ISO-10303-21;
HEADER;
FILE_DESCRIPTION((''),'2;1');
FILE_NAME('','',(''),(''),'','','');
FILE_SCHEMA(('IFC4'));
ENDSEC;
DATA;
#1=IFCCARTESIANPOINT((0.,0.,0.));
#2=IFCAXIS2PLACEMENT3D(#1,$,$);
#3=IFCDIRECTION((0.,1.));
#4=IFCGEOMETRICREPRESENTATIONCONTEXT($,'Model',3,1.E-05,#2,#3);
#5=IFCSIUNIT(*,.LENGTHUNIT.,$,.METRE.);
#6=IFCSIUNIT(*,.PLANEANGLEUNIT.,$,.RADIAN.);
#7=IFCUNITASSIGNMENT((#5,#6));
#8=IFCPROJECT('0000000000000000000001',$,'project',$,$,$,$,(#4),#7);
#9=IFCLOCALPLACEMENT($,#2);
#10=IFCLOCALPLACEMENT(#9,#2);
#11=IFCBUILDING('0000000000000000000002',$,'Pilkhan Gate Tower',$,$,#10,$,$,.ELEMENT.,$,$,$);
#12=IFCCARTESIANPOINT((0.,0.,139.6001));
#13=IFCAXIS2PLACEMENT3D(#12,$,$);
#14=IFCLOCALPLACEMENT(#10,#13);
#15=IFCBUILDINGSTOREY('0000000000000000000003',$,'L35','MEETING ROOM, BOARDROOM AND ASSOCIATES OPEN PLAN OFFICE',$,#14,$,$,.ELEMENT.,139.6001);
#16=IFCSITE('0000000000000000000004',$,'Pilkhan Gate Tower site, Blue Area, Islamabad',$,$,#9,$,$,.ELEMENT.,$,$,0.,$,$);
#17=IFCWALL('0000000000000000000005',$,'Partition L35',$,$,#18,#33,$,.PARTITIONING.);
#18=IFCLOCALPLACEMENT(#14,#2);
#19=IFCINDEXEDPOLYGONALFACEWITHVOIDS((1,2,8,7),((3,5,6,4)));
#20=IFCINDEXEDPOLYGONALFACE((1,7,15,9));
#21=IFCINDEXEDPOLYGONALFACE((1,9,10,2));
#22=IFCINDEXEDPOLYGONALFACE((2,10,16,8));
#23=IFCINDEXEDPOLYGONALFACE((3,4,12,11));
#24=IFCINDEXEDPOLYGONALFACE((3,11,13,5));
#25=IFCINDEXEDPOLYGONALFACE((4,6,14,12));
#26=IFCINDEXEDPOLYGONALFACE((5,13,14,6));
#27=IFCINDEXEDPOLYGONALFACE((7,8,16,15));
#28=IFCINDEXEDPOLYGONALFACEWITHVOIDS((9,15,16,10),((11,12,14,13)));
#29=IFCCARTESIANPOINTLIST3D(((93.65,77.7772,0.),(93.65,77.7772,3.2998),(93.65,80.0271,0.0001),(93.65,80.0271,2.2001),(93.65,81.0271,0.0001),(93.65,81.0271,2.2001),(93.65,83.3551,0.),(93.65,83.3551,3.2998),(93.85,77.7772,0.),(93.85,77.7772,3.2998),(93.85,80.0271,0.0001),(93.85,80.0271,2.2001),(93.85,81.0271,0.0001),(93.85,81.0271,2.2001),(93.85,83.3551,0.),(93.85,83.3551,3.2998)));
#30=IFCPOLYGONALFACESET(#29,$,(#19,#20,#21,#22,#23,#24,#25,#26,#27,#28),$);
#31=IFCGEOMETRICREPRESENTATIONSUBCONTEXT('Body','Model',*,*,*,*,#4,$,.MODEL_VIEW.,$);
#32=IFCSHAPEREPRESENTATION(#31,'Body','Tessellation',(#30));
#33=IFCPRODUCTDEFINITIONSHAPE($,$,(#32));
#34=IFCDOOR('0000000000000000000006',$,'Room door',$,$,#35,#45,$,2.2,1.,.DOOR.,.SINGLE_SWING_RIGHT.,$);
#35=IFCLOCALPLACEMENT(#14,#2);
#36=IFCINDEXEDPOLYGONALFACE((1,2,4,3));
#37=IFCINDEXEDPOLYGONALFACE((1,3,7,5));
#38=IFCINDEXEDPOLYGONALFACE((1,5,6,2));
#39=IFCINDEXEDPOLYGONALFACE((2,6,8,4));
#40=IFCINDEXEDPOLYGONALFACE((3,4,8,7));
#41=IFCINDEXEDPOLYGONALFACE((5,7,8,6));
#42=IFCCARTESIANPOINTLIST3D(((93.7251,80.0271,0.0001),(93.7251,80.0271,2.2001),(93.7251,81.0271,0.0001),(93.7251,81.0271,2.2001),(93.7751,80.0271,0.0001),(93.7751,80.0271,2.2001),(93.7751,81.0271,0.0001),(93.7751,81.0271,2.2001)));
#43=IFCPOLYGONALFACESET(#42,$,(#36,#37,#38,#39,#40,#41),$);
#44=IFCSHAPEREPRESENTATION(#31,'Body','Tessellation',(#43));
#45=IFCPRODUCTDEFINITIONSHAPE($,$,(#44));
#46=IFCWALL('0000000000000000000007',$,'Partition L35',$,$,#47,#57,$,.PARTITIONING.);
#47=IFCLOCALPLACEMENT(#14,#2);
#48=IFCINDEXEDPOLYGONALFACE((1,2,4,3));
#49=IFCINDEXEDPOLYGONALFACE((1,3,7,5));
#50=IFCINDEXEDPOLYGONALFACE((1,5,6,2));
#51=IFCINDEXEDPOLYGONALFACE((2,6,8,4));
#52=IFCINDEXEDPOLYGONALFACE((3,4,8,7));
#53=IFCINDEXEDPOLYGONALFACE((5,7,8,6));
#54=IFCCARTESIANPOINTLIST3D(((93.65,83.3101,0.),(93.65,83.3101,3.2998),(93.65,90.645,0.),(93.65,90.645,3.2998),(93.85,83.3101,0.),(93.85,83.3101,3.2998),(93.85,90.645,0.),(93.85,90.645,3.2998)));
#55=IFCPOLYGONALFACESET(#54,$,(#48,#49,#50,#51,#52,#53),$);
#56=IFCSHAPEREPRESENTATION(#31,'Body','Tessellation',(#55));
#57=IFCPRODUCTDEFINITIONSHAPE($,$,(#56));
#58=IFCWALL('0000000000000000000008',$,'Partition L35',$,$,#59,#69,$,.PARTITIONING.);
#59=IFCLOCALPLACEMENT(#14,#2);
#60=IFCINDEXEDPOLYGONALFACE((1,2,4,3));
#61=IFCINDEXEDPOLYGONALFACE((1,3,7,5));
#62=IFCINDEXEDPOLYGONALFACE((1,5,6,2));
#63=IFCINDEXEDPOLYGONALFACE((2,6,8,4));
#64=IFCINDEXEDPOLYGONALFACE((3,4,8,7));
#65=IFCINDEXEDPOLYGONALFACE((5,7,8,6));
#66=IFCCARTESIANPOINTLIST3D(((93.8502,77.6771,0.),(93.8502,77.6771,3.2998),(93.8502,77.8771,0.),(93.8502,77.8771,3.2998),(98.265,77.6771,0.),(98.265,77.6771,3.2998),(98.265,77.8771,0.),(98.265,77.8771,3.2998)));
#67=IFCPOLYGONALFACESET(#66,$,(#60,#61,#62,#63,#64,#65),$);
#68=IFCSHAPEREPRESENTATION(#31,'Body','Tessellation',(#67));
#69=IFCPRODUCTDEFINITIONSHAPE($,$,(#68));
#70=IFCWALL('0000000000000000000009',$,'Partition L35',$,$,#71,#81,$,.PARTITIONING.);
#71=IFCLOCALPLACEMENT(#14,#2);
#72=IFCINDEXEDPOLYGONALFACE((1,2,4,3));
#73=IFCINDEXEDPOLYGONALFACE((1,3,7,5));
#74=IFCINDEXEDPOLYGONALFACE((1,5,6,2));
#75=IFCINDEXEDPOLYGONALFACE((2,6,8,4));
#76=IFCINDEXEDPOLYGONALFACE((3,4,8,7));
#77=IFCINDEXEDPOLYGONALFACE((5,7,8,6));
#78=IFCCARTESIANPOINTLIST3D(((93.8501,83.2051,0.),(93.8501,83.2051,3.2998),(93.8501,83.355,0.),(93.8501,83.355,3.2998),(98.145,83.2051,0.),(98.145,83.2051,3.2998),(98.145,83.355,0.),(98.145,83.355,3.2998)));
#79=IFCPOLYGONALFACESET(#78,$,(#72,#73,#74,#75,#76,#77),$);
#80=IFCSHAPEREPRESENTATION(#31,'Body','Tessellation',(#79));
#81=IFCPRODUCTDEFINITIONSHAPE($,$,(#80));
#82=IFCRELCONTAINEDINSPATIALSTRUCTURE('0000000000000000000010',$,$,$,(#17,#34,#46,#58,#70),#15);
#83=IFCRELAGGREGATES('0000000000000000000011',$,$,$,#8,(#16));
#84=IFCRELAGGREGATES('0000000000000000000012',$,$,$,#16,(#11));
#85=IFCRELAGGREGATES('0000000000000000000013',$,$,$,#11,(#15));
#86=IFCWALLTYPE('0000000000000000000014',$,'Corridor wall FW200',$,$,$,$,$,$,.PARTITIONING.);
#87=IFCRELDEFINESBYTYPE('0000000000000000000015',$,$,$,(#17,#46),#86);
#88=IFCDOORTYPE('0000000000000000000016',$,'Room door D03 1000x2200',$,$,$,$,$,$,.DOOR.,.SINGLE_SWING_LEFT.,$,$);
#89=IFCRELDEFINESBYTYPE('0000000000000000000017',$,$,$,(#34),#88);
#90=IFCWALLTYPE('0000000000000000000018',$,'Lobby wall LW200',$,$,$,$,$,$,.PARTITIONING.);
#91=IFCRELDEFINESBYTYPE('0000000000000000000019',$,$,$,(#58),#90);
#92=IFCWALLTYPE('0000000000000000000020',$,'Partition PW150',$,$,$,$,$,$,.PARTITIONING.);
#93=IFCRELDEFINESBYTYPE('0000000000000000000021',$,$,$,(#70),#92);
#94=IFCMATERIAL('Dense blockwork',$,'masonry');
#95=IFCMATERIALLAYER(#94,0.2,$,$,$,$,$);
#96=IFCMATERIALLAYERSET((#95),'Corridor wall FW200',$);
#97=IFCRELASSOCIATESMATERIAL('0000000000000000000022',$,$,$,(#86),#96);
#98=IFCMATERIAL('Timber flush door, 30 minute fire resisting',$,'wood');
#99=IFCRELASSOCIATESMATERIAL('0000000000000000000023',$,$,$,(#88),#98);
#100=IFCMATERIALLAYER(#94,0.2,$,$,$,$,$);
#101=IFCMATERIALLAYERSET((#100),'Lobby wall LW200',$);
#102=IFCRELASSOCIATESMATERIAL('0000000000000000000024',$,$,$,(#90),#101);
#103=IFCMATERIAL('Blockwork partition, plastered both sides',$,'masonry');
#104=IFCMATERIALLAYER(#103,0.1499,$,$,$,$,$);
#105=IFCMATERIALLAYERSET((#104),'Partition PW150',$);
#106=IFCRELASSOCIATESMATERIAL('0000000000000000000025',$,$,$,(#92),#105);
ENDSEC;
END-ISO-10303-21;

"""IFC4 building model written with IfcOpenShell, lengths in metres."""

from ifc_helpers import new_model, si_unit, direction, frame, frame_2d, origin, place, context, subcontext, project, spatial, rectangle, extrude, material, layer, layer_set, type_object, element, fill, save


model = new_model("IFC4")

# Units and contexts
model_context = context("Model", 3, precision=1e-05, world=origin(), true_north=direction((0.0, 1.0)))
body_context = subcontext(model_context, "Body", "Model", "MODEL_VIEW")
ifc_project = project(units=[si_unit("LENGTHUNIT", "METRE"), si_unit("PLANEANGLEUNIT", "RADIAN")], contexts=[model_context])

# Site, building, storey
site_placement = place(None, origin())
site = spatial("IfcSite", under=ifc_project, at=site_placement, Name="Pilkhan Gate Tower site, Blue Area, Islamabad", CompositionType="ELEMENT", RefElevation=0.0)
building_placement = place(site_placement, origin())
building = spatial("IfcBuilding", under=site, at=building_placement, Name="Pilkhan Gate Tower", CompositionType="ELEMENT")
storey_placement = place(building_placement, frame((0.0, 0.0, 139.6001)))
storey = spatial("IfcBuildingStorey", under=building, at=storey_placement, Name="L35", Description="MEETING ROOM, BOARDROOM AND ASSOCIATES OPEN PLAN OFFICE", CompositionType="ELEMENT", Elevation=139.6001)

# Shared definitions
ifc_material_1 = material(Name="Dense blockwork", Category="masonry")
ifc_layer_1 = layer(ifc_material_1, 0.2)
ifc_layer_set_1 = layer_set([ifc_layer_1], Name="Corridor wall FW200")
wall_type_1 = type_object("IfcWallType", Name="Corridor wall FW200", PredefinedType="PARTITIONING", material=ifc_layer_set_1)

# Wall, opening, door
wall_1_placement = place(storey_placement, frame((93.75, 77.7771, 0.0), z_axis=(0.0, 0.0, 1.0), x_axis=(0.0, 1.0, 0.0)))
wall_1 = element("IfcWall", 1, at=wall_1_placement, inside=storey, type_object=wall_type_1, Name="Partition L35", PredefinedType="PARTITIONING", context=body_context, shape_type="SweptSolid", body=[
    extrude(rectangle(XDim=5.5779, YDim=0.2, at=frame_2d((2.7891, 0.0))), origin(), (0.0, 0.0, 1.0), 3.2998),
])
opening_placement = place(wall_1_placement, frame((2.25, 0.0, 0.0)))
opening = element("IfcOpeningElement", 2, at=opening_placement, cuts=wall_1, PredefinedType="OPENING", context=body_context, shape_type="SweptSolid", body=[
    extrude(rectangle(XDim=1.0, YDim=2.2, at=frame_2d((0.5, 1.1001))), frame((0.0, 0.1099, 0.0), z_axis=(0.0, -1.0, 0.0), x_axis=(1.0, 0.0, 0.0)), (0.0, 0.0, 1.0), 0.22),
])
ifc_material_2 = material(Name="Timber flush door, 30 minute fire resisting", Category="wood")
door_type = type_object("IfcDoorType", Name="Room door D03 1000x2200", OperationType="SINGLE_SWING_LEFT", PredefinedType="DOOR", material=ifc_material_2)
door_placement = place(opening_placement, origin())
door = element("IfcDoor", 3, at=door_placement, inside=storey, type_object=door_type, Name="Room door", OperationType="SINGLE_SWING_RIGHT", OverallHeight=2.2, OverallWidth=1.0, PredefinedType="DOOR", context=body_context, shape_type="SweptSolid", body=[
    extrude(rectangle(XDim=1.0, YDim=2.2, at=frame_2d((0.5, 1.1001))), frame((0.0, 0.0249, 0.0), z_axis=(0.0, -1.0, 0.0), x_axis=(1.0, 0.0, 0.0)), (0.0, 0.0, 1.0), 0.05),
])
fill(opening, door)

# Walls
wall_2_placement = place(storey_placement, frame((93.75, 83.3101, 0.0), z_axis=(0.0, 0.0, 1.0), x_axis=(0.0, 1.0, 0.0)))
element("IfcWall", 4, at=wall_2_placement, inside=storey, type_object=wall_type_1, Name="Partition L35", PredefinedType="PARTITIONING", context=body_context, shape_type="SweptSolid", body=[
    extrude(rectangle(XDim=7.335, YDim=0.2, at=frame_2d((3.6675, 0.0))), origin(), (0.0, 0.0, 1.0), 3.2998),
])
ifc_layer_2 = layer(ifc_material_1, 0.2)
ifc_layer_set_2 = layer_set([ifc_layer_2], Name="Lobby wall LW200")
wall_type_2 = type_object("IfcWallType", Name="Lobby wall LW200", PredefinedType="PARTITIONING", material=ifc_layer_set_2)
wall_3_placement = place(storey_placement, frame((93.8501, 77.7771, 0.0), z_axis=(0.0, 0.0, 1.0), x_axis=(1.0, 0.0, 0.0)))
element("IfcWall", 5, at=wall_3_placement, inside=storey, type_object=wall_type_2, Name="Partition L35", PredefinedType="PARTITIONING", context=body_context, shape_type="SweptSolid", body=[
    extrude(rectangle(XDim=4.4148, YDim=0.2, at=frame_2d((2.2075, 0.0))), origin(), (0.0, 0.0, 1.0), 3.2998),
])
ifc_material_3 = material(Name="Blockwork partition, plastered both sides", Category="masonry")
ifc_layer_3 = layer(ifc_material_3, 0.1499)
ifc_layer_set_3 = layer_set([ifc_layer_3], Name="Partition PW150")
wall_type_3 = type_object("IfcWallType", Name="Partition PW150", PredefinedType="PARTITIONING", material=ifc_layer_set_3)
wall_4_placement = place(storey_placement, frame((93.8501, 83.28, 0.0), z_axis=(0.0, 0.0, 1.0), x_axis=(1.0, 0.0, 0.0)))
element("IfcWall", 6, at=wall_4_placement, inside=storey, type_object=wall_type_3, Name="Partition L35", PredefinedType="PARTITIONING", context=body_context, shape_type="SweptSolid", body=[
    extrude(rectangle(XDim=4.2949, YDim=0.1499, at=frame_2d((2.1475, 0.0))), origin(), (0.0, 0.0, 1.0), 3.2998),
])

save(model, "model.ifc")
